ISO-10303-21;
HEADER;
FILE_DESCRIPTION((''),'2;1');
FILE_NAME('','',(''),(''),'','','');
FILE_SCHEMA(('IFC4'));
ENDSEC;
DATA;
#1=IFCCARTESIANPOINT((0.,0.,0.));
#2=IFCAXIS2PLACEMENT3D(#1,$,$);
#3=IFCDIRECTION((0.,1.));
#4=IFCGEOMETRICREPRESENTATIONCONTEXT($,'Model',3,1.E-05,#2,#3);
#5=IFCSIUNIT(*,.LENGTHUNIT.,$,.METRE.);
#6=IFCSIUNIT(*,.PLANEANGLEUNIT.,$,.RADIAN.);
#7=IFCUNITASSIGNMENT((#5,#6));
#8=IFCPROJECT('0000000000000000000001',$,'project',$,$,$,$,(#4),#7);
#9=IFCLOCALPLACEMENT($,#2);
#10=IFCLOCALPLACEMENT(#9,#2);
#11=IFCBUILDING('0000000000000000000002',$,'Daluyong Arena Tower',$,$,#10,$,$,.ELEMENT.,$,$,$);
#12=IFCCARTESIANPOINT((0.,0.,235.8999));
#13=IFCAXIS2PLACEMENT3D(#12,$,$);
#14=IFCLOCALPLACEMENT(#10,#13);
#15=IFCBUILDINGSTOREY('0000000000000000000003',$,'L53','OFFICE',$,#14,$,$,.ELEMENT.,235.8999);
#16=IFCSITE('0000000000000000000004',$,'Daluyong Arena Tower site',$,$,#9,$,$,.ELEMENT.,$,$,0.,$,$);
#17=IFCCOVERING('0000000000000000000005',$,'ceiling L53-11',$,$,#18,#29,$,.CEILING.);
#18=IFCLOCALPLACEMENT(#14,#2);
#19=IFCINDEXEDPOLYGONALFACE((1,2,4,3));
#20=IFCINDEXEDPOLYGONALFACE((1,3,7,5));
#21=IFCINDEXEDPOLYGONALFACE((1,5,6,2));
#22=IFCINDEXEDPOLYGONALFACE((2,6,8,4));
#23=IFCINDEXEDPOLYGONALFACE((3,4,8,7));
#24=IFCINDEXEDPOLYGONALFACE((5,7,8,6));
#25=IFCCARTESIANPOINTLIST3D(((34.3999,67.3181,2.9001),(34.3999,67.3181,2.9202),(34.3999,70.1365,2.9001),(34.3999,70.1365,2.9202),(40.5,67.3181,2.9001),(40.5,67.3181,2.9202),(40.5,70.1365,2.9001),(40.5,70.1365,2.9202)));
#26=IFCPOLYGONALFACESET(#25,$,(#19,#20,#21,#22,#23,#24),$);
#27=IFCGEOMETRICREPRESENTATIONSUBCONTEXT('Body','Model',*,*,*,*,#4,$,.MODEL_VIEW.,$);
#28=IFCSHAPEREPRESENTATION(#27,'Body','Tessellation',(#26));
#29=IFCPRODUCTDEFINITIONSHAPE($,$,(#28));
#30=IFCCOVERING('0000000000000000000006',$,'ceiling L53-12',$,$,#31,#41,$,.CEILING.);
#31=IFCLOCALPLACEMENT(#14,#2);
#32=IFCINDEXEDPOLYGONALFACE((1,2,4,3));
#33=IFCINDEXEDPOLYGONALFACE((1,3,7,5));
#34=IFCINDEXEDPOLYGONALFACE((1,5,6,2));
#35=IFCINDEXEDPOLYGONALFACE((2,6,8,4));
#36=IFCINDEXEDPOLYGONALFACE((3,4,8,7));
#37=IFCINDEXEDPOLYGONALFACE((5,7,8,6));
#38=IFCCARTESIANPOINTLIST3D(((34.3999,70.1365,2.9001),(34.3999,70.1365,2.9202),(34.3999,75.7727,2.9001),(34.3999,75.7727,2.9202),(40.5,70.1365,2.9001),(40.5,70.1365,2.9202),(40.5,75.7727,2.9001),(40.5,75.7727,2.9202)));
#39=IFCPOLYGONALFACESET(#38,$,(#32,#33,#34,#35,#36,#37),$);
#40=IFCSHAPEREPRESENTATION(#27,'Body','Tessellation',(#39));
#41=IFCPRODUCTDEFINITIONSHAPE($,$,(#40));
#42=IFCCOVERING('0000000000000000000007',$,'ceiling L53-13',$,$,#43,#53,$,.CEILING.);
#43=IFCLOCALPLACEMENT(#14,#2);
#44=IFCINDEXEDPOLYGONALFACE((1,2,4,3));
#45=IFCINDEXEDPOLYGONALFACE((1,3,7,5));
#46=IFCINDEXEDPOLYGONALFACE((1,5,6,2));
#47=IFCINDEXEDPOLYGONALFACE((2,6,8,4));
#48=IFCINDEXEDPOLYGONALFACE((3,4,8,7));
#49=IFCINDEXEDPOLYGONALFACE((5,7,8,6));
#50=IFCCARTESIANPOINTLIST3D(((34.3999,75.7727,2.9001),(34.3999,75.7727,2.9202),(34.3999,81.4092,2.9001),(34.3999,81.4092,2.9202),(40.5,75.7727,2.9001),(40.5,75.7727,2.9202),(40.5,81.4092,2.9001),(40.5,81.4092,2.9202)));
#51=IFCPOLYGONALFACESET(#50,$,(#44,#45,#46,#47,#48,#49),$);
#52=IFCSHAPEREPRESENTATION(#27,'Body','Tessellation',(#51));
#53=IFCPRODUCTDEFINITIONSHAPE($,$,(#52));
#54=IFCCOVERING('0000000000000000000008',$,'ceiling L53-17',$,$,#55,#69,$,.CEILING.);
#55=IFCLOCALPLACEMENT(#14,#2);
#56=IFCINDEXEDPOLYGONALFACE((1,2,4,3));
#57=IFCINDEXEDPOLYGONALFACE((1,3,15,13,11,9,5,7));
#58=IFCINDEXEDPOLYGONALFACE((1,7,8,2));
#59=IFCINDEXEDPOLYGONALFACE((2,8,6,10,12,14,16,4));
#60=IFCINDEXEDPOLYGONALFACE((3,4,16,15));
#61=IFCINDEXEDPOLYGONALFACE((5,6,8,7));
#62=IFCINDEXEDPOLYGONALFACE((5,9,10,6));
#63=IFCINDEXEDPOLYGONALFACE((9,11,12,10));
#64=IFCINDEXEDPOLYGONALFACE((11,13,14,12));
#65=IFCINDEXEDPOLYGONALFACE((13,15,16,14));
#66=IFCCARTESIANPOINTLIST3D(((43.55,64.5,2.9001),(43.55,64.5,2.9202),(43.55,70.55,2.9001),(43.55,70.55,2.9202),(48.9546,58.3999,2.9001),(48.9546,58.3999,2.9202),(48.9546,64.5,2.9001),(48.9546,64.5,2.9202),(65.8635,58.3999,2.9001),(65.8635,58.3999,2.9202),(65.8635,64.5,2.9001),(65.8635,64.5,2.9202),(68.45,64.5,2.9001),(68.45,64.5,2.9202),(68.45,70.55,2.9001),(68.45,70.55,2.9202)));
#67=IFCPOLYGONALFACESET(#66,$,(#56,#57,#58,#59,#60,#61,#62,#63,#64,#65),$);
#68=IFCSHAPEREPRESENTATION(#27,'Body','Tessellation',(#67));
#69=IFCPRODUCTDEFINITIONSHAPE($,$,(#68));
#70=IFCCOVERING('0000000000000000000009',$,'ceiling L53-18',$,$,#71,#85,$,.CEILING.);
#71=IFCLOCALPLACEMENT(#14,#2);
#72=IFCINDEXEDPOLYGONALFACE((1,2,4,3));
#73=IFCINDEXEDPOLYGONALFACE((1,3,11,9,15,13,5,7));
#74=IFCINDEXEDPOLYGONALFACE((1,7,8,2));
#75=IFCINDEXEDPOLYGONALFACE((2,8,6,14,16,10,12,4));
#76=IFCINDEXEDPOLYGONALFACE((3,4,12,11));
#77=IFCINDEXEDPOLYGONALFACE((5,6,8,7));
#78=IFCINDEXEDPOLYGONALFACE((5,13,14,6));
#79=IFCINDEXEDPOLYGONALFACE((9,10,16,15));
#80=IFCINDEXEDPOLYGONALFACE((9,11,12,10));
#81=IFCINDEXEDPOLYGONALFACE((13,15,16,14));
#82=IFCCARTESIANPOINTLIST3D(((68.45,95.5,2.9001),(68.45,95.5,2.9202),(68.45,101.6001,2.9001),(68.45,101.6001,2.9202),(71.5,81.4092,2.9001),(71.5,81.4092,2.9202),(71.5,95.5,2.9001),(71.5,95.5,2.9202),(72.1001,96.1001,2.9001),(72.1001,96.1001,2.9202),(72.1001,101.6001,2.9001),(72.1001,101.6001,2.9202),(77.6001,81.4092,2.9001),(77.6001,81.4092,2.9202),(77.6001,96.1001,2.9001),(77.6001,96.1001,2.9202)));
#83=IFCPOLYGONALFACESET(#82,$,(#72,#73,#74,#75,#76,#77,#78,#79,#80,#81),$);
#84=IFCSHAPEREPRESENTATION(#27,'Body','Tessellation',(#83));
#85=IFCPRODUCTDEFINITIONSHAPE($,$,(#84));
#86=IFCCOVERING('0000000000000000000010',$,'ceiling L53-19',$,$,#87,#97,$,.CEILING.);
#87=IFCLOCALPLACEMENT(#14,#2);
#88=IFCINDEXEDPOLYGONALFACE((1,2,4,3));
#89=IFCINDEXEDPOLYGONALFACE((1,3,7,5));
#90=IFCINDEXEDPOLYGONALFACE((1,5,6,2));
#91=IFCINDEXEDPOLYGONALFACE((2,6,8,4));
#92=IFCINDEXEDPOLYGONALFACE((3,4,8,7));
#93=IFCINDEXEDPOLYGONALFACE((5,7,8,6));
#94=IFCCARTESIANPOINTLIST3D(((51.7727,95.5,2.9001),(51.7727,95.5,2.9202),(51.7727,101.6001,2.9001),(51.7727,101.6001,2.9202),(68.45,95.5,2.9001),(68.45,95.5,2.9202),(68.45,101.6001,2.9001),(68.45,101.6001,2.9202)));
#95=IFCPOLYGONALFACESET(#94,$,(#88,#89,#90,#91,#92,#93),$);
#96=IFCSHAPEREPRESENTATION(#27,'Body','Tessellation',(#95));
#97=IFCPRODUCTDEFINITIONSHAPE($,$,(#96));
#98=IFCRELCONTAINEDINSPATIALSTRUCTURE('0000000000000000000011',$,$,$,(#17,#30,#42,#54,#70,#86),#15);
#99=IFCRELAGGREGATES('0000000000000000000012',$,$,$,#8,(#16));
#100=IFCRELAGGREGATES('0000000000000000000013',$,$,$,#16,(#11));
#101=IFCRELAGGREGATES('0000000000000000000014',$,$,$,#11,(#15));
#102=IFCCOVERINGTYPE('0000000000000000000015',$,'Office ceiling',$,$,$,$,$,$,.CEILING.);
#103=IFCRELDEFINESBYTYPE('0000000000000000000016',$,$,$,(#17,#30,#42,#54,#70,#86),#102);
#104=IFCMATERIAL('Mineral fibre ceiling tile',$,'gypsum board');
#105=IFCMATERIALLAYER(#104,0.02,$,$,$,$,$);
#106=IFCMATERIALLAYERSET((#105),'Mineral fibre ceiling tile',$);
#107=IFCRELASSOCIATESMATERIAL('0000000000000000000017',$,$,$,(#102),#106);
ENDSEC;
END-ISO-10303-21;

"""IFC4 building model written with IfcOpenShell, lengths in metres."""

from ifc_helpers import new_model, si_unit, direction, frame, origin, place, context, subcontext, project, spatial, polyline, outline, extrude, material, layer, layer_set, type_object, element, save


model = new_model("IFC4")

# Units and contexts
model_context = context("Model", 3, precision=1e-05, world=origin(), true_north=direction((0.0, 1.0)))
body_context = subcontext(model_context, "Body", "Model", "MODEL_VIEW")
ifc_project = project(units=[si_unit("LENGTHUNIT", "METRE"), si_unit("PLANEANGLEUNIT", "RADIAN")], contexts=[model_context])

# Site, building, storey
site_placement = place(None, origin())
site = spatial("IfcSite", under=ifc_project, at=site_placement, Name="Daluyong Arena Tower site", CompositionType="ELEMENT", RefElevation=0.0)
building_placement = place(site_placement, origin())
building = spatial("IfcBuilding", under=site, at=building_placement, Name="Daluyong Arena Tower", CompositionType="ELEMENT")
storey_placement = place(building_placement, frame((0.0, 0.0, 235.8999)))
storey = spatial("IfcBuildingStorey", under=building, at=storey_placement, Name="L53", Description="OFFICE", CompositionType="ELEMENT", Elevation=235.8999)

# Coverings
ifc_material_1 = material(Name="Mineral fibre ceiling tile", Category="gypsum board")
ifc_layer_1 = layer(ifc_material_1, 0.02)
ifc_layer_set_1 = layer_set([ifc_layer_1], Name="Mineral fibre ceiling tile")
covering_type = type_object("IfcCoveringType", Name="Office ceiling", PredefinedType="CEILING", material=ifc_layer_set_1)
covering_1_placement = place(storey_placement, frame((0.0, 0.0, 2.9001)))
element("IfcCovering", 1, at=covering_1_placement, inside=storey, type_object=covering_type, Name="ceiling L53-11", PredefinedType="CEILING", context=body_context, shape_type="SweptSolid", body=[
    extrude(outline(polyline([(40.5, 70.1365), (34.3999, 70.1365), (34.3999, 67.3181), (40.5, 67.3181), (40.5, 70.1365)])), origin(), (0.0, 0.0, 1.0), 0.02),
])
covering_2_placement = place(storey_placement, frame((0.0, 0.0, 2.9001)))
element("IfcCovering", 2, at=covering_2_placement, inside=storey, type_object=covering_type, Name="ceiling L53-12", PredefinedType="CEILING", context=body_context, shape_type="SweptSolid", body=[
    extrude(outline(polyline([(40.5, 75.7727), (34.3999, 75.7727), (34.3999, 70.1365), (40.5, 70.1365), (40.5, 75.7727)])), origin(), (0.0, 0.0, 1.0), 0.02),
])
covering_3_placement = place(storey_placement, frame((0.0, 0.0, 2.9001)))
element("IfcCovering", 3, at=covering_3_placement, inside=storey, type_object=covering_type, Name="ceiling L53-13", PredefinedType="CEILING", context=body_context, shape_type="SweptSolid", body=[
    extrude(outline(polyline([(40.5, 81.4092), (34.3999, 81.4092), (34.3999, 75.7727), (40.5, 75.7727), (40.5, 81.4092)])), origin(), (0.0, 0.0, 1.0), 0.02),
])
covering_4_placement = place(storey_placement, frame((0.0, 0.0, 2.9001)))
element("IfcCovering", 4, at=covering_4_placement, inside=storey, type_object=covering_type, Name="ceiling L53-17", PredefinedType="CEILING", context=body_context, shape_type="SweptSolid", body=[
    extrude(outline(polyline([(48.9546, 58.3999), (65.8635, 58.3999), (65.8635, 64.5), (68.45, 64.5), (68.45, 70.55), (43.55, 70.55), (43.55, 64.5), (48.9546, 64.5), (48.9546, 58.3999)])), origin(), (0.0, 0.0, 1.0), 0.02),
])
covering_5_placement = place(storey_placement, frame((0.0, 0.0, 2.9001)))
element("IfcCovering", 5, at=covering_5_placement, inside=storey, type_object=covering_type, Name="ceiling L53-18", PredefinedType="CEILING", context=body_context, shape_type="SweptSolid", body=[
    extrude(outline(polyline([(72.1001, 101.6001), (68.45, 101.6001), (68.45, 95.5), (71.5, 95.5), (71.5, 81.4092), (77.6001, 81.4092), (77.6001, 96.1001), (72.1001, 96.1001), (72.1001, 101.6001)])), origin(), (0.0, 0.0, 1.0), 0.02),
])
covering_6_placement = place(storey_placement, frame((0.0, 0.0, 2.9001)))
element("IfcCovering", 6, at=covering_6_placement, inside=storey, type_object=covering_type, Name="ceiling L53-19", PredefinedType="CEILING", context=body_context, shape_type="SweptSolid", body=[
    extrude(outline(polyline([(68.45, 101.6001), (51.7727, 101.6001), (51.7727, 95.5), (68.45, 95.5), (68.45, 101.6001)])), origin(), (0.0, 0.0, 1.0), 0.02),
])

save(model, "model.ifc")
